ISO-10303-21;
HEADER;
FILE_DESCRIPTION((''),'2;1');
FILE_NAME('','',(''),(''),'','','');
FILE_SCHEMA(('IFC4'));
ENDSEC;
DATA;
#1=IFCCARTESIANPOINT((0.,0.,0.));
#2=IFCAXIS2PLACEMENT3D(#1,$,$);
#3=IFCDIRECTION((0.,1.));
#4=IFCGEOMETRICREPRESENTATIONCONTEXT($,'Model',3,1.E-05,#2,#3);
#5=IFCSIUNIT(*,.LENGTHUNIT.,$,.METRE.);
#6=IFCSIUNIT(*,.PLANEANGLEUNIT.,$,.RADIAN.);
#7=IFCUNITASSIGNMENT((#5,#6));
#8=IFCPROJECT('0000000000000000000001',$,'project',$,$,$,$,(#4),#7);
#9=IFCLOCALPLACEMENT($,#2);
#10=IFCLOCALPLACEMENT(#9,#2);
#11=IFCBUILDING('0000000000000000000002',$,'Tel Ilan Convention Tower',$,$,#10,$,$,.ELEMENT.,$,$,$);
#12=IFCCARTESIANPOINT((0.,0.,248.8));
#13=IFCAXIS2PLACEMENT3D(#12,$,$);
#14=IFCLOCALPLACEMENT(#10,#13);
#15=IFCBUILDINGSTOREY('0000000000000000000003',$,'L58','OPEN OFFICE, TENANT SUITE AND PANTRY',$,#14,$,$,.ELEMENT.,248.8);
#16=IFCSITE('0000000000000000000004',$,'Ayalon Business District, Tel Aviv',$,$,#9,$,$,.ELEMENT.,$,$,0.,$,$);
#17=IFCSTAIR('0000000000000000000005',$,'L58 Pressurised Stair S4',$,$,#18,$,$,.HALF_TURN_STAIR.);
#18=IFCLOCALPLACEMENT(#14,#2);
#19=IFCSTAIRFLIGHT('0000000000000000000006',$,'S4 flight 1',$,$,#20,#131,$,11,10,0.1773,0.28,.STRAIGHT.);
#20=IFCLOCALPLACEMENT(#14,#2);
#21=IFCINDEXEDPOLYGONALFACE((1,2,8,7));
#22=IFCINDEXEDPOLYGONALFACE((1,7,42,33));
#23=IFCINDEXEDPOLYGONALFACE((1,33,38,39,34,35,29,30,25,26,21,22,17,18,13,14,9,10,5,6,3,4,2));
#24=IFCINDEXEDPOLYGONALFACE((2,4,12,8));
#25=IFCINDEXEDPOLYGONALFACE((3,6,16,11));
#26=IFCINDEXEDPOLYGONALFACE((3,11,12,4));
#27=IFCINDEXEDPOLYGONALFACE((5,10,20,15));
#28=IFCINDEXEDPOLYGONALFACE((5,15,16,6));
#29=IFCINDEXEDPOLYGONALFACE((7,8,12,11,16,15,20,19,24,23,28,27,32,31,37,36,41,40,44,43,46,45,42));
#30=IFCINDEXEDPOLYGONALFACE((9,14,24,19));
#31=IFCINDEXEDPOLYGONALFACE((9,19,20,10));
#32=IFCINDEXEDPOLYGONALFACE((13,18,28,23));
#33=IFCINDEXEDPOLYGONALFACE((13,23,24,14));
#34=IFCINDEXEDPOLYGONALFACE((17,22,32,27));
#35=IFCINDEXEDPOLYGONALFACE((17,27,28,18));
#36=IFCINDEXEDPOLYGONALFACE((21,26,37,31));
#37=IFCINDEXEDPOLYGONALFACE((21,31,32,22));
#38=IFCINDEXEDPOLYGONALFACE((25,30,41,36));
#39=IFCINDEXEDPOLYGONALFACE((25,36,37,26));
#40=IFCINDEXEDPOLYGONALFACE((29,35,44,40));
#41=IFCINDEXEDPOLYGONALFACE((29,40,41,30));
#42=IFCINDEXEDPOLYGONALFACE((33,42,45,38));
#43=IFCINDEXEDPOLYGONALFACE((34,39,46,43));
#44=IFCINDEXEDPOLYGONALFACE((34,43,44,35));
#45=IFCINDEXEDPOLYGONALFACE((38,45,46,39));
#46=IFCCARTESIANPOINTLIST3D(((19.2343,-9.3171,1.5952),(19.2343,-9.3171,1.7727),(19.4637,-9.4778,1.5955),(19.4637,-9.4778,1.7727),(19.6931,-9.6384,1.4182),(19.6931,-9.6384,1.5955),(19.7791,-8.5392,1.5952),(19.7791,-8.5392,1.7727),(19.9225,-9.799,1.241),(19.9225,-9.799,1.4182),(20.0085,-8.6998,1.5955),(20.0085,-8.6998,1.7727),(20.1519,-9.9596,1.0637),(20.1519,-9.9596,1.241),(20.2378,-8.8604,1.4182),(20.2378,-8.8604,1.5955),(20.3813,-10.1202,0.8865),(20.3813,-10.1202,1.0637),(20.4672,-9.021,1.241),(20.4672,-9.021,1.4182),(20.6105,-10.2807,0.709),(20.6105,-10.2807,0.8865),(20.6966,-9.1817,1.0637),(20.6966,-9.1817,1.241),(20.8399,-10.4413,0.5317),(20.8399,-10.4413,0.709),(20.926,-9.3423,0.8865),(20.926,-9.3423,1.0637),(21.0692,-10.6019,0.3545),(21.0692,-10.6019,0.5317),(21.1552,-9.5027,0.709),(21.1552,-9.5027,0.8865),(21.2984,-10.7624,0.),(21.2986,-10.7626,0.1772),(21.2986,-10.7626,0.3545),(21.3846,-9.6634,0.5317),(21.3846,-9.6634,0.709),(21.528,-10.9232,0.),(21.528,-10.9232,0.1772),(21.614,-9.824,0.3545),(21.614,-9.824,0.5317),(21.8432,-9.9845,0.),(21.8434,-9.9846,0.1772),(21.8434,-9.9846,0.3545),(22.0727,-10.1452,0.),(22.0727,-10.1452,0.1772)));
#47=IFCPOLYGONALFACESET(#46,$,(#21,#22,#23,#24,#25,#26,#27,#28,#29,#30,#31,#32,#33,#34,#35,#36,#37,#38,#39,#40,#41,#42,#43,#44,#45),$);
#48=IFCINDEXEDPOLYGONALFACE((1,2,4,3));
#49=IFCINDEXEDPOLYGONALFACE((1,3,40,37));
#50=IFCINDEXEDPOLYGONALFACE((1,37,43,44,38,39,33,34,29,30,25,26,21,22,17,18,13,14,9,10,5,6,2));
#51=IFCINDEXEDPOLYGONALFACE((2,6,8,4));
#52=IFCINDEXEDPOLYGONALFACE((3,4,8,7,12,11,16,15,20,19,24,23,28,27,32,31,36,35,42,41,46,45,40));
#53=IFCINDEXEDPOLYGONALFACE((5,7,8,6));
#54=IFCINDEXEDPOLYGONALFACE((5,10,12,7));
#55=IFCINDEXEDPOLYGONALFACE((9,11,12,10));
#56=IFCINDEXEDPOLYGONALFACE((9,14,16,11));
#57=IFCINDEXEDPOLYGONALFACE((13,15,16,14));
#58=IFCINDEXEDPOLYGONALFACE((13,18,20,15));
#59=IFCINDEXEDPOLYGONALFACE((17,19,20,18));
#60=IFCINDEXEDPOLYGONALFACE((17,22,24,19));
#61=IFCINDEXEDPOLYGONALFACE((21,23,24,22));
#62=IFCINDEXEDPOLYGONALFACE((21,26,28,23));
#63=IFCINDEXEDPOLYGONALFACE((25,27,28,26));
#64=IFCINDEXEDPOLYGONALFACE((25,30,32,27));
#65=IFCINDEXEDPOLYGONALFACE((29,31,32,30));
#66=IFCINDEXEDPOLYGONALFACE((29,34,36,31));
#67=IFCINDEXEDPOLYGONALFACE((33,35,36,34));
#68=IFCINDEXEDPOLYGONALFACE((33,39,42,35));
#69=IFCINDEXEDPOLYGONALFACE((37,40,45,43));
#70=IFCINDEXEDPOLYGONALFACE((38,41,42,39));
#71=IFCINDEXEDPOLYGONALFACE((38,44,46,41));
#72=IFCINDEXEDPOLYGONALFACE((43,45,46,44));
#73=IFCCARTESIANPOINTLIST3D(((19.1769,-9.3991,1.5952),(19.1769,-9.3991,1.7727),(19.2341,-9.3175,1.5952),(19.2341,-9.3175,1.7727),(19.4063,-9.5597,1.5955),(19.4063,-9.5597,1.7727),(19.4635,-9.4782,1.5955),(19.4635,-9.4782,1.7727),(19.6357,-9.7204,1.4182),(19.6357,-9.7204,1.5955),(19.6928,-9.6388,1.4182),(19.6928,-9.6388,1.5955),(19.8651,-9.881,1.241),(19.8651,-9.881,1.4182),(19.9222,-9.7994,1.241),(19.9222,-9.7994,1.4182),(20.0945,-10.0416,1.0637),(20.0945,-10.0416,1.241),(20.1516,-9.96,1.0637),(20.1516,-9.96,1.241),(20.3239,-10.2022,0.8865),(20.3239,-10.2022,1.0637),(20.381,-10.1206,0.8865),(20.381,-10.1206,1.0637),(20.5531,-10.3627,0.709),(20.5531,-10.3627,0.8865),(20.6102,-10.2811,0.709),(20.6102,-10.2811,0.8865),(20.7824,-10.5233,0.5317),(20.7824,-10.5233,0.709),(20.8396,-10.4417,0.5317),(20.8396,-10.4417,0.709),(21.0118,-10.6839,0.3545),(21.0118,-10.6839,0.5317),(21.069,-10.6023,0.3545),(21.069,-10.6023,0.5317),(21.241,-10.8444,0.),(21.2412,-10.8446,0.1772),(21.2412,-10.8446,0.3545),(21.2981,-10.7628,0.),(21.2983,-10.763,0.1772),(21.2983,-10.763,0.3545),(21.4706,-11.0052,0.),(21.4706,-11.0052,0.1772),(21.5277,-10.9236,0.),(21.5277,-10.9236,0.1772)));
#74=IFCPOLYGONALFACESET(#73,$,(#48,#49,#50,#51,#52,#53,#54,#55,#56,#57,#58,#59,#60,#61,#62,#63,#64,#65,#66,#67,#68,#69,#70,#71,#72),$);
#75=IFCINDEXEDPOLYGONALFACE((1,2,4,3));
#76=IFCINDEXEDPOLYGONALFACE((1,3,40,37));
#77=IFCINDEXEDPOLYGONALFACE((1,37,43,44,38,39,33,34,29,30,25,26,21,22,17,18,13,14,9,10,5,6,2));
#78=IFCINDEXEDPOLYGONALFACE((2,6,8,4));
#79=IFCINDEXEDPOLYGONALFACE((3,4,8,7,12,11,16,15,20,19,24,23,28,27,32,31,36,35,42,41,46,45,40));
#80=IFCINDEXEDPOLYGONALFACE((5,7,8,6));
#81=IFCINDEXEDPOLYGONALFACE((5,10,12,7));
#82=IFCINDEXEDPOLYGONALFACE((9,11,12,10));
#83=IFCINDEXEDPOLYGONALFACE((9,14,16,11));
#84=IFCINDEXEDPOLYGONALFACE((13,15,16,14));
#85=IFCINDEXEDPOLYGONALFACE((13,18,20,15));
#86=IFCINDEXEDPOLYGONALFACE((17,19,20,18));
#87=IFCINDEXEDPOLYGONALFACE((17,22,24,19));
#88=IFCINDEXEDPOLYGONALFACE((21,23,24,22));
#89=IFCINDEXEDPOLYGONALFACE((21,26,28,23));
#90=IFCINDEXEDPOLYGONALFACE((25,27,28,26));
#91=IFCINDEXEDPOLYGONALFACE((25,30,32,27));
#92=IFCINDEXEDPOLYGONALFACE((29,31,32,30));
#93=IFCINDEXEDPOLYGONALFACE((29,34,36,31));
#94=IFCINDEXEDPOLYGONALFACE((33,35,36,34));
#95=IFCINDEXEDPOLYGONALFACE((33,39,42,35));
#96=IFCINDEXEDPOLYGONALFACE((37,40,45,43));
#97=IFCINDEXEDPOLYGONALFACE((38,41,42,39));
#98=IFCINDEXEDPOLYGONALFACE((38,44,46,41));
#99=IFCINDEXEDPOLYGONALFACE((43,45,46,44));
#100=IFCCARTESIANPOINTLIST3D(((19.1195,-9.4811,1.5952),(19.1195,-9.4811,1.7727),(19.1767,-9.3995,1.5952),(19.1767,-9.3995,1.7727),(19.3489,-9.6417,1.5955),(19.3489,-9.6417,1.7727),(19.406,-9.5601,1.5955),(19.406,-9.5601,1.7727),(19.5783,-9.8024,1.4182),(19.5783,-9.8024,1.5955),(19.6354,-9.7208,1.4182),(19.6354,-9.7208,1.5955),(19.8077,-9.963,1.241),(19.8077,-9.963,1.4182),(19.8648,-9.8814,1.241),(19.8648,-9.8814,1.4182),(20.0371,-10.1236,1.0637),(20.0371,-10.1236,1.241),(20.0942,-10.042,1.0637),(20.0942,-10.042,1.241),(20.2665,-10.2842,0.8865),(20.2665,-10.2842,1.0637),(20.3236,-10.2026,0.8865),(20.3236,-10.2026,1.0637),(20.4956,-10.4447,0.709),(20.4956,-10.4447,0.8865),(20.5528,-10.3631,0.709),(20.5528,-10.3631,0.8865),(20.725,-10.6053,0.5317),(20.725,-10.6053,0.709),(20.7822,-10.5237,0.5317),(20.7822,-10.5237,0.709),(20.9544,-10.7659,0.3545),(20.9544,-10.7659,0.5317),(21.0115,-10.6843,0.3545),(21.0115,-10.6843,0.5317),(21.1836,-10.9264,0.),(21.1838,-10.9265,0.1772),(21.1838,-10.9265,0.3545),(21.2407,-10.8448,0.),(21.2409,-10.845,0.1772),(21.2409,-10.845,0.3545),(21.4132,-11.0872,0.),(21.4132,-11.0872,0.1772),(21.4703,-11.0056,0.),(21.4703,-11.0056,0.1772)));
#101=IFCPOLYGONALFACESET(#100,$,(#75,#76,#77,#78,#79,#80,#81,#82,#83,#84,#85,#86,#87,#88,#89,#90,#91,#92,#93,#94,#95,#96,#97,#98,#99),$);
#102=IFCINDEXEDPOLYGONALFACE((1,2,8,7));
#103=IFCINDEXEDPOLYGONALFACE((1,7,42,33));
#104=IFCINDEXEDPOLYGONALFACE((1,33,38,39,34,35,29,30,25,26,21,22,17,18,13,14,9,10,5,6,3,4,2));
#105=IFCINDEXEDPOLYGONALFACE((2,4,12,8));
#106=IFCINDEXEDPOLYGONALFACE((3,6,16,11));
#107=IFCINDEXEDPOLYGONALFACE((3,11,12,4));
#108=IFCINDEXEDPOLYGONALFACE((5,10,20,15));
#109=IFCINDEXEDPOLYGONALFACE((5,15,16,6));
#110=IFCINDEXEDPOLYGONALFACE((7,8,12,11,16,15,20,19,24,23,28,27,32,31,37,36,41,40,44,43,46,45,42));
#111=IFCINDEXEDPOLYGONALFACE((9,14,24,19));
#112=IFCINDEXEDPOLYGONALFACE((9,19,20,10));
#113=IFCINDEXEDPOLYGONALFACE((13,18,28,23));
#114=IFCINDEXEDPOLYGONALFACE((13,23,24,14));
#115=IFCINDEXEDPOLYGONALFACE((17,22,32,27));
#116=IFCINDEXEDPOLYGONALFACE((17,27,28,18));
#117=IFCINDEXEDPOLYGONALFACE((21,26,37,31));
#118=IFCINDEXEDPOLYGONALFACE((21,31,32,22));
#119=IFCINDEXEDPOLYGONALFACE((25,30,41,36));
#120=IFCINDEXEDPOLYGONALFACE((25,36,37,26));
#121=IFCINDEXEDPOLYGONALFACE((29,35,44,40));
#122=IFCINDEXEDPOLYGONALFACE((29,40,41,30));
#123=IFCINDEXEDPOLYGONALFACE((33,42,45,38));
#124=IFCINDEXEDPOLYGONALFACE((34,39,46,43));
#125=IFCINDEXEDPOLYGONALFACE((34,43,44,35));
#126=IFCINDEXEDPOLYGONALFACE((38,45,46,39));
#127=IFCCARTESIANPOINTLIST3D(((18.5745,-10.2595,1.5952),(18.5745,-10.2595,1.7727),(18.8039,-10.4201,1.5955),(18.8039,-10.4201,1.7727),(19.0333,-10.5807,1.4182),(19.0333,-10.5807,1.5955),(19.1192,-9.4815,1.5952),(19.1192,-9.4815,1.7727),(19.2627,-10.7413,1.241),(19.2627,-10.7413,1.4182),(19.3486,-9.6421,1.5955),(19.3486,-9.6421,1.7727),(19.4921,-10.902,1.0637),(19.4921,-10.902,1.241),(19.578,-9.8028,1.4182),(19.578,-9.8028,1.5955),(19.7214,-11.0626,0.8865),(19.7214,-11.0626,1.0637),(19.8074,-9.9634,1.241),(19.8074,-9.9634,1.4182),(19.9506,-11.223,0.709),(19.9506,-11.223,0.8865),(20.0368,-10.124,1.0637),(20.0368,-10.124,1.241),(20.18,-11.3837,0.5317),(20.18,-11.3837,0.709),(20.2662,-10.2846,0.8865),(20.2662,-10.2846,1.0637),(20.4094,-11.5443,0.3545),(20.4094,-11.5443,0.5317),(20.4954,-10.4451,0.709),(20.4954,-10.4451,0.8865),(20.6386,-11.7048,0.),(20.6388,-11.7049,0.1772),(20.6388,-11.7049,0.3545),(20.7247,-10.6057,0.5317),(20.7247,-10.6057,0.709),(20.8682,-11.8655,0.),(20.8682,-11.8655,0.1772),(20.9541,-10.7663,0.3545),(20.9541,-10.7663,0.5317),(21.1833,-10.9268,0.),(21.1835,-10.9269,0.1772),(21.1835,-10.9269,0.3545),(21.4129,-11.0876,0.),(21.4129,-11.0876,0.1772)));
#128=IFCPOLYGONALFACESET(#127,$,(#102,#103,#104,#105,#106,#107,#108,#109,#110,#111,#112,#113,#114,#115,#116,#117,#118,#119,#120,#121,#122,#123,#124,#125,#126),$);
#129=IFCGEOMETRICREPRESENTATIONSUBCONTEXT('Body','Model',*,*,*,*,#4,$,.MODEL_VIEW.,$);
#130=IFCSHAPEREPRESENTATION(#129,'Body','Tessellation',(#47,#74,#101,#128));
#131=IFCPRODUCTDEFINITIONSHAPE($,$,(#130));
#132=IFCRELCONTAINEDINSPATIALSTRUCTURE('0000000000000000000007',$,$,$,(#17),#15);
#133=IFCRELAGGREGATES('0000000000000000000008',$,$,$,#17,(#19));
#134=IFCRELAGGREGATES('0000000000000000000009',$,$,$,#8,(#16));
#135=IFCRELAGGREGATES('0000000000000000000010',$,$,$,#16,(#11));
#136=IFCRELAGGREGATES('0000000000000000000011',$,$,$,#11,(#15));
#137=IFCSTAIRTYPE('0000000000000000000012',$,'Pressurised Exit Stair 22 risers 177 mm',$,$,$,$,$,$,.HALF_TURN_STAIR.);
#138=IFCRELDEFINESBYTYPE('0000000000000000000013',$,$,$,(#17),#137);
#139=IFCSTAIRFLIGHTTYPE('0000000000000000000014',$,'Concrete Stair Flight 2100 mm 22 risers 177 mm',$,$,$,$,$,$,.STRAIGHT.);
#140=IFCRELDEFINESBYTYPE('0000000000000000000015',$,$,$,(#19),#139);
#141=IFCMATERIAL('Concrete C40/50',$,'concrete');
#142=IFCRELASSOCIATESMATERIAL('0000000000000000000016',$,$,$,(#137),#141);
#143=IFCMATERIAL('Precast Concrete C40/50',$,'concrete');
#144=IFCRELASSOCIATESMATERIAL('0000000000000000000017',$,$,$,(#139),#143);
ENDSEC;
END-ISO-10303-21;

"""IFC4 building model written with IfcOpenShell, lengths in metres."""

from ifc_helpers import new_model, si_unit, direction, frame, origin, place, context, subcontext, project, spatial, polyline, outline, extrude, material, type_object, element, aggregate, save


model = new_model("IFC4")

# Units and contexts
model_context = context("Model", 3, precision=1e-05, world=origin(), true_north=direction((0.0, 1.0)))
body_context = subcontext(model_context, "Body", "Model", "MODEL_VIEW")
ifc_project = project(units=[si_unit("LENGTHUNIT", "METRE"), si_unit("PLANEANGLEUNIT", "RADIAN")], contexts=[model_context])

# Site, building, storey
site_placement = place(None, origin())
site = spatial("IfcSite", under=ifc_project, at=site_placement, Name="Ayalon Business District, Tel Aviv", CompositionType="ELEMENT", RefElevation=0.0)
building_placement = place(site_placement, origin())
building = spatial("IfcBuilding", under=site, at=building_placement, Name="Tel Ilan Convention Tower", CompositionType="ELEMENT")
storey_placement = place(building_placement, frame((0.0, 0.0, 248.8)))
storey = spatial("IfcBuildingStorey", under=building, at=storey_placement, Name="L58", Description="OPEN OFFICE, TENANT SUITE AND PANTRY", CompositionType="ELEMENT", Elevation=248.8)

# Shared definitions
ifc_material_1 = material(Name="Concrete C40/50", Category="concrete")
stair_type = type_object("IfcStairType", Name="Pressurised Exit Stair 22 risers 177 mm", PredefinedType="HALF_TURN_STAIR", material=ifc_material_1)
ifc_material_2 = material(Name="Precast Concrete C40/50", Category="concrete")
stair_flight_type = type_object("IfcStairFlightType", Name="Concrete Stair Flight 2100 mm 22 risers 177 mm", PredefinedType="STRAIGHT", material=ifc_material_2)

# Stair, stair flight
stair_1_placement = place(storey_placement, origin())
stair_1 = element("IfcStair", 1, at=stair_1_placement, inside=storey, type_object=stair_type, Name="L58 Pressurised Stair S4", PredefinedType="HALF_TURN_STAIR")
stair_flight_1_placement = place(storey_placement, frame((21.4705, -11.0054, 0.0), z_axis=(0.0, 0.0, 1.0), x_axis=(-0.819152, 0.573576, 0.0)))
stair_flight_1 = element("IfcStairFlight", 2, at=stair_flight_1_placement, type_object=stair_flight_type, Name="S4 flight 1", NumberOfRisers=11, NumberOfTreads=10, PredefinedType="STRAIGHT", RiserHeight=0.1773, TreadLength=0.28, context=body_context, shape_type="SweptSolid", body=[
    extrude(outline(polyline([(0.0, 0.0), (0.0, 0.1772), (0.28, 0.1772), (0.28, 0.3545), (0.5601, 0.3545), (0.5601, 0.5317), (0.8401, 0.5317), (0.8401, 0.709), (1.1201, 0.709), (1.1201, 0.8865), (1.3999, 0.8865), (1.3999, 1.0637), (1.6799, 1.0637), (1.6799, 1.241), (1.96, 1.241), (1.96, 1.4182), (2.24, 1.4182), (2.24, 1.5955), (2.52, 1.5955), (2.52, 1.7727), (2.8, 1.7727), (2.8, 1.95), (2.8, 1.5952), (0.2803, 0.0), (0.0, 0.0)])), frame((0.0, -0.1003, 0.0), z_axis=(0.0, -1.0, 0.0), x_axis=(1.0, 0.0, 0.0)), (0.0, 0.0, 1.0), 0.9497),
    extrude(outline(polyline([(0.0, 0.0), (0.0, 0.1772), (0.28, 0.1772), (0.28, 0.3545), (0.5601, 0.3545), (0.5601, 0.5317), (0.8401, 0.5317), (0.8401, 0.709), (1.1201, 0.709), (1.1201, 0.8865), (1.3999, 0.8865), (1.3999, 1.0637), (1.6799, 1.0637), (1.6799, 1.241), (1.96, 1.241), (1.96, 1.4182), (2.24, 1.4182), (2.24, 1.5955), (2.52, 1.5955), (2.52, 1.7727), (2.8, 1.7727), (2.8, 1.95), (2.8, 1.5952), (0.2803, 0.0), (0.0, 0.0)])), frame((0.0, -0.0002, 0.0), z_axis=(0.0, -1.0, 0.0), x_axis=(1.0, 0.0, 0.0)), (0.0, 0.0, 1.0), 0.0996),
    extrude(outline(polyline([(0.0, 0.0), (0.0, 0.1772), (0.28, 0.1772), (0.28, 0.3545), (0.5601, 0.3545), (0.5601, 0.5317), (0.8401, 0.5317), (0.8401, 0.709), (1.1201, 0.709), (1.1201, 0.8865), (1.3999, 0.8865), (1.3999, 1.0637), (1.6799, 1.0637), (1.6799, 1.241), (1.96, 1.241), (1.96, 1.4182), (2.24, 1.4182), (2.24, 1.5955), (2.52, 1.5955), (2.52, 1.7727), (2.8, 1.7727), (2.8, 1.95), (2.8, 1.5952), (0.2803, 0.0), (0.0, 0.0)])), frame((0.0, 0.0999, 0.0), z_axis=(0.0, -1.0, 0.0), x_axis=(1.0, 0.0, 0.0)), (0.0, 0.0, 1.0), 0.0996),
    extrude(outline(polyline([(0.0, 0.0), (0.0, 0.1772), (0.28, 0.1772), (0.28, 0.3545), (0.5601, 0.3545), (0.5601, 0.5317), (0.8401, 0.5317), (0.8401, 0.709), (1.1201, 0.709), (1.1201, 0.8865), (1.3999, 0.8865), (1.3999, 1.0637), (1.6799, 1.0637), (1.6799, 1.241), (1.96, 1.241), (1.96, 1.4182), (2.24, 1.4182), (2.24, 1.5955), (2.52, 1.5955), (2.52, 1.7727), (2.8, 1.7727), (2.8, 1.95), (2.8, 1.5952), (0.2803, 0.0), (0.0, 0.0)])), frame((0.0, 1.05, 0.0), z_axis=(0.0, -1.0, 0.0), x_axis=(1.0, 0.0, 0.0)), (0.0, 0.0, 1.0), 0.9497),
])
aggregate(stair_1, [stair_flight_1])

save(model, "model.ifc")
